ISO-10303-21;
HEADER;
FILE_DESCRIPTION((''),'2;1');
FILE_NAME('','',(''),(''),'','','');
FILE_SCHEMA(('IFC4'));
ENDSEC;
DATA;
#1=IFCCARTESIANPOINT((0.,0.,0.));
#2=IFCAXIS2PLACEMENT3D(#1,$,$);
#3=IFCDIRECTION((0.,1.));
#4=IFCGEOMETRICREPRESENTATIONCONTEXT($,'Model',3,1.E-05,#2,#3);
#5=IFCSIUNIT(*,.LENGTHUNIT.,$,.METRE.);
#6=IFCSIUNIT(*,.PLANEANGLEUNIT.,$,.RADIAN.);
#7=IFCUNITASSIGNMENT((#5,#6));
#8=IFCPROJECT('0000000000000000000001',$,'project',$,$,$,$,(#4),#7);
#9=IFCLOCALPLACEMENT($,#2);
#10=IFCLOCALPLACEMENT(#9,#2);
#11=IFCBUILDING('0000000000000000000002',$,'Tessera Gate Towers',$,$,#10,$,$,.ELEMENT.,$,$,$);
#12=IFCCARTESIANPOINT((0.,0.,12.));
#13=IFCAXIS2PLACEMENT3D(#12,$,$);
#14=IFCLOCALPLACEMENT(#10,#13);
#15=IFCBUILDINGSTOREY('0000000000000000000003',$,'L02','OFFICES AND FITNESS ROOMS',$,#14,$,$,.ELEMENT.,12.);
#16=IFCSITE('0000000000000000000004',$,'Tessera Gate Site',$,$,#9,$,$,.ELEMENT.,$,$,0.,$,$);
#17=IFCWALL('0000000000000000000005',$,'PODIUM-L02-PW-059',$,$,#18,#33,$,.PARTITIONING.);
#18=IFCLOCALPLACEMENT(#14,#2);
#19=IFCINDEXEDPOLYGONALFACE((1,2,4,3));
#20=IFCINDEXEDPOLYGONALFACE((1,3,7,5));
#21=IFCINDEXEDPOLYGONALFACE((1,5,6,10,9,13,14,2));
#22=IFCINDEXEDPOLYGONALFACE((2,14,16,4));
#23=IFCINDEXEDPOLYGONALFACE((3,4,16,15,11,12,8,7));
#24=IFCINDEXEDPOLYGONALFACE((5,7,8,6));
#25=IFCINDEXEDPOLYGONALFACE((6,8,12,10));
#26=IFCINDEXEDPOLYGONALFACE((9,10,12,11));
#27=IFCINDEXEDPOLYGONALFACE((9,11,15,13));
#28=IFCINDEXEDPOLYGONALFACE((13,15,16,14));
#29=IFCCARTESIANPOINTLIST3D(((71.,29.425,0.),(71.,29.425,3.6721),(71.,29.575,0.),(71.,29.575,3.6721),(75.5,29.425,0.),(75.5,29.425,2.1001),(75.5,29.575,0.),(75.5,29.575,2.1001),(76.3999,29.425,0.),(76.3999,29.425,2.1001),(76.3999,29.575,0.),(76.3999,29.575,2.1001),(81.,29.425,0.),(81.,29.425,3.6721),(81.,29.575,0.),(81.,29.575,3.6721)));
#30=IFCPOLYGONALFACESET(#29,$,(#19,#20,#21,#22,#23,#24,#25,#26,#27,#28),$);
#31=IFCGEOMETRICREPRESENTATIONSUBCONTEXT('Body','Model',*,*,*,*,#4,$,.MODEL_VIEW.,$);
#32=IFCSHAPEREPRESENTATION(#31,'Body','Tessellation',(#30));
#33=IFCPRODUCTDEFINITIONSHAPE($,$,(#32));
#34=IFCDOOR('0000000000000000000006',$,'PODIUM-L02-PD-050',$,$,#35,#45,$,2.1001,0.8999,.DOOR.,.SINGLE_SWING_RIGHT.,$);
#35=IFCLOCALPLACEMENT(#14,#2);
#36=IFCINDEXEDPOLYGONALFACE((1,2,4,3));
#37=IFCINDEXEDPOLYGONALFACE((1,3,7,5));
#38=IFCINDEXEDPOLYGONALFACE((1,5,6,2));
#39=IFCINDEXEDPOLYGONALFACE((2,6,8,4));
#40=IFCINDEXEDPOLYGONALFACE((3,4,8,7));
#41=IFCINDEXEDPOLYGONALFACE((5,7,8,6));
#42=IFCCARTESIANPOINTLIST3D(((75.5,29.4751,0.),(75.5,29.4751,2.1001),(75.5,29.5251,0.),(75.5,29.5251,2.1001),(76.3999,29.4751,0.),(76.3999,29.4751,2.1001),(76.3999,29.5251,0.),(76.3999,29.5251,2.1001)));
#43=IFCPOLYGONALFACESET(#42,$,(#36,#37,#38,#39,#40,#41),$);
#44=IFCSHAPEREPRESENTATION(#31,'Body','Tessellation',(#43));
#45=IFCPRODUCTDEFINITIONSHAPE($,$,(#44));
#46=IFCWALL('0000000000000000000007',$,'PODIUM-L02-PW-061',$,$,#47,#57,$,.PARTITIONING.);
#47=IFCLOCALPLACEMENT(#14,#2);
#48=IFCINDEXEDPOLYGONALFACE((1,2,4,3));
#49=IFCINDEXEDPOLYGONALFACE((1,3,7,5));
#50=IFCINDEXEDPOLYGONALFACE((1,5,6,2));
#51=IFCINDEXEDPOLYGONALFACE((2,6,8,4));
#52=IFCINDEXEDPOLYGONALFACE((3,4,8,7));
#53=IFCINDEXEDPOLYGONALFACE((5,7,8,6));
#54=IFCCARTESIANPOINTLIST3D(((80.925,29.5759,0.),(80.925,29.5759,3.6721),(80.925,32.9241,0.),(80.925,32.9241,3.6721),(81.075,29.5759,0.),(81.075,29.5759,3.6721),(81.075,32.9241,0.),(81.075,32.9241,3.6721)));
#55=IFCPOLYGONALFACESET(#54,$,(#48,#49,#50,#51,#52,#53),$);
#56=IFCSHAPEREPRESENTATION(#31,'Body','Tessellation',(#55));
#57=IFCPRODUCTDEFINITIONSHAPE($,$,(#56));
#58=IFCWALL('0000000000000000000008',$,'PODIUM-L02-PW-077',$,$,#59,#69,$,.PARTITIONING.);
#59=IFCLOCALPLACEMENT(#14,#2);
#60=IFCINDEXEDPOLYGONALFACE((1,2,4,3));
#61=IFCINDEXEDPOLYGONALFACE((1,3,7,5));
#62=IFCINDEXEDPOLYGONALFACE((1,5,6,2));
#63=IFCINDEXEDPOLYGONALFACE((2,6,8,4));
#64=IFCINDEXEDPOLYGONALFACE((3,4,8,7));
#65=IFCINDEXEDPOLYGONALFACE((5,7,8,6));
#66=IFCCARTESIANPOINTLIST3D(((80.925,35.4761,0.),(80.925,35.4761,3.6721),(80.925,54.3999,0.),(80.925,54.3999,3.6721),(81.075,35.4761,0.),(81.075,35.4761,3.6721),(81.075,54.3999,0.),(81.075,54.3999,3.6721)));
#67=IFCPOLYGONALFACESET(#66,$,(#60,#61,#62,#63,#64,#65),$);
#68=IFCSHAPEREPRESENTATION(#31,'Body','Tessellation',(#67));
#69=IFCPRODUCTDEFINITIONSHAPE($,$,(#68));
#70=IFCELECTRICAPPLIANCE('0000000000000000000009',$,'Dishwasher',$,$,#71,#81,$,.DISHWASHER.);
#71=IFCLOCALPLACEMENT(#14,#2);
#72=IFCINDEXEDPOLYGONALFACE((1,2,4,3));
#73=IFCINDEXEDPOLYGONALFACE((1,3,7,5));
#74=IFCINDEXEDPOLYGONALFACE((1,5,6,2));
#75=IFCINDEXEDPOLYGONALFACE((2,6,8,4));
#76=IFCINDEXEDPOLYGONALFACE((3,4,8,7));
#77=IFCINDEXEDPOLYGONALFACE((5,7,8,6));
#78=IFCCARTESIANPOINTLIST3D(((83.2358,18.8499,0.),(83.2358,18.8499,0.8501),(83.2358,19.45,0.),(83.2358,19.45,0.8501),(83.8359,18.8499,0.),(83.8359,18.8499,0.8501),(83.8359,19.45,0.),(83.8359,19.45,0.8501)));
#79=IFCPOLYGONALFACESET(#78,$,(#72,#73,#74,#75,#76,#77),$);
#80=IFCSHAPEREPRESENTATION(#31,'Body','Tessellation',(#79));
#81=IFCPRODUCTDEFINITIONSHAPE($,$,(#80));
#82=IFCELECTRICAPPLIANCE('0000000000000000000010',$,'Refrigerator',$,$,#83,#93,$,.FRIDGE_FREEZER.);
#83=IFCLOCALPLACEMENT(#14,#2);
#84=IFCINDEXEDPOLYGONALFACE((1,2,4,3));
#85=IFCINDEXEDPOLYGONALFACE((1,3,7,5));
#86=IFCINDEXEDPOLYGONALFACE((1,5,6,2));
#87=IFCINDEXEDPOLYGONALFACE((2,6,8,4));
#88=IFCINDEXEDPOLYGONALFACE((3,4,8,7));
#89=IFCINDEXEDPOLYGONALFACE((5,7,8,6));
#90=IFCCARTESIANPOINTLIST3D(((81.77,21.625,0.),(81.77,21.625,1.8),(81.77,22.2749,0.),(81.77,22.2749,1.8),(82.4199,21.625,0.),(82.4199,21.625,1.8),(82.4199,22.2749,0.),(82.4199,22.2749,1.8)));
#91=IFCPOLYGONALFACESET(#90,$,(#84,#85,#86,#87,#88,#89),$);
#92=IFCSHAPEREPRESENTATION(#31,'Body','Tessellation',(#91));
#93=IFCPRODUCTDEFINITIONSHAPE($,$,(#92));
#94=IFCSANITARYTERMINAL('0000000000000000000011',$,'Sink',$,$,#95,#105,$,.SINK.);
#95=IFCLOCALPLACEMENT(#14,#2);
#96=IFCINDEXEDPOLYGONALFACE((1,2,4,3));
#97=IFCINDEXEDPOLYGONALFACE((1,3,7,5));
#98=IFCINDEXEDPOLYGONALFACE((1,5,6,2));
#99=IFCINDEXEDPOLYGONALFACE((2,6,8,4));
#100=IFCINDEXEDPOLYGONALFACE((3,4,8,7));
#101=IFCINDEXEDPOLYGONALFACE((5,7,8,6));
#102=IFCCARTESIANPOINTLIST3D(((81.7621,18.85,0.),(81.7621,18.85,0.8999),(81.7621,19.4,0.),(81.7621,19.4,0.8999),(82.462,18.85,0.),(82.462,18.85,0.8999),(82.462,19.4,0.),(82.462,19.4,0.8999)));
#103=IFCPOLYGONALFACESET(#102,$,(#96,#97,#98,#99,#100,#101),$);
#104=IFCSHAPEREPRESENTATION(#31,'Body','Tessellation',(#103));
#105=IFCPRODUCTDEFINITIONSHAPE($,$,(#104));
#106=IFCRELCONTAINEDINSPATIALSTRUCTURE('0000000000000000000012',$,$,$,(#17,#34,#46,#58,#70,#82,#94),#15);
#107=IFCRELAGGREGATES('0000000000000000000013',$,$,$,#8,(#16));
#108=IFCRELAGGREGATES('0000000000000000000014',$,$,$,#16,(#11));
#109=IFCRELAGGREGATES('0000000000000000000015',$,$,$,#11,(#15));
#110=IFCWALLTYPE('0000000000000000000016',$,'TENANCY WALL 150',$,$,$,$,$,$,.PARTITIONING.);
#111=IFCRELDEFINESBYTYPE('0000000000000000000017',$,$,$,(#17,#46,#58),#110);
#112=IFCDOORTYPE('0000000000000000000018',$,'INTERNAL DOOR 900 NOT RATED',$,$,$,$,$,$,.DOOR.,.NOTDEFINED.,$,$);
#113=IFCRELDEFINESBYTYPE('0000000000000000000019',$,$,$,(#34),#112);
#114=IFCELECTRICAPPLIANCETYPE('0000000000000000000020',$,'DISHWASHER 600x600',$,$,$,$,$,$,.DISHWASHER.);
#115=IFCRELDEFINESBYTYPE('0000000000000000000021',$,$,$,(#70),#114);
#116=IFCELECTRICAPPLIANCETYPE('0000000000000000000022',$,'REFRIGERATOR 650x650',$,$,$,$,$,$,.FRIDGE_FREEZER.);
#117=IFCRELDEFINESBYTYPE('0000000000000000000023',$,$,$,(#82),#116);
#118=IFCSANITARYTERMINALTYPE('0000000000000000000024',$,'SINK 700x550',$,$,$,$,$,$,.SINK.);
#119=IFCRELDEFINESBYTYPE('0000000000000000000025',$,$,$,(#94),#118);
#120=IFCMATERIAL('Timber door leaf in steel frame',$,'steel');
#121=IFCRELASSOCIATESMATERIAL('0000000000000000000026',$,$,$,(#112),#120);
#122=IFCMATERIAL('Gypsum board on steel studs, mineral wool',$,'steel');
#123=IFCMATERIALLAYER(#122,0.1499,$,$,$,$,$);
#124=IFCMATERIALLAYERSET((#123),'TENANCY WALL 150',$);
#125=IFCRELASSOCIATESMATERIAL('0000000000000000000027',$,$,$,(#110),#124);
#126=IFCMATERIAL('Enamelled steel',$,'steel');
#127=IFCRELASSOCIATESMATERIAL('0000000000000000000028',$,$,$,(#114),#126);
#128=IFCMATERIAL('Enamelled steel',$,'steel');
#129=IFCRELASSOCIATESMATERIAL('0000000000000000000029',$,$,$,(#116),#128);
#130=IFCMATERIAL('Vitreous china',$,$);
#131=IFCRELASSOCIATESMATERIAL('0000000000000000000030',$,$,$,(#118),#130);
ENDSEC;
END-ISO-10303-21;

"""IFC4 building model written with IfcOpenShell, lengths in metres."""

from ifc_helpers import new_model, si_unit, direction, frame, frame_2d, origin, origin_2d, place, context, subcontext, project, spatial, rectangle, extrude, source, transform, mapped, material, layer, layer_set, type_object, element, fill, save


model = new_model("IFC4")

# Units and contexts
model_context = context("Model", 3, precision=1e-05, world=origin(), true_north=direction((0.0, 1.0)))
body_context = subcontext(model_context, "Body", "Model", "MODEL_VIEW")
ifc_project = project(units=[si_unit("LENGTHUNIT", "METRE"), si_unit("PLANEANGLEUNIT", "RADIAN")], contexts=[model_context])

# Site, building, storey
site_placement = place(None, origin())
site = spatial("IfcSite", under=ifc_project, at=site_placement, Name="Tessera Gate Site", CompositionType="ELEMENT", RefElevation=0.0)
building_placement = place(site_placement, origin())
building = spatial("IfcBuilding", under=site, at=building_placement, Name="Tessera Gate Towers", CompositionType="ELEMENT")
storey_placement = place(building_placement, frame((0.0, 0.0, 12.0)))
storey = spatial("IfcBuildingStorey", under=building, at=storey_placement, Name="L02", Description="OFFICES AND FITNESS ROOMS", CompositionType="ELEMENT", Elevation=12.0)

# Shared definitions
ifc_material_1 = material(Name="Timber door leaf in steel frame", Category="steel")
door_type = type_object("IfcDoorType", Name="INTERNAL DOOR 900 NOT RATED", OperationType="NOTDEFINED", PredefinedType="DOOR", material=ifc_material_1)
shared_shape_1 = source(origin(), body_context, "Body", "SweptSolid", [
    extrude(rectangle(XDim=0.8999, YDim=2.1001, at=frame_2d((0.45, 1.05))), frame((0.0, 0.0249, 0.0), z_axis=(0.0, -1.0, 0.0), x_axis=(1.0, 0.0, 0.0)), (0.0, 0.0, 1.0), 0.05),
])

# Shared definitions
ifc_material_2 = material(Name="Gypsum board on steel studs, mineral wool", Category="steel")
ifc_layer_1 = layer(ifc_material_2, 0.1499)
ifc_layer_set_1 = layer_set([ifc_layer_1], Name="TENANCY WALL 150")
wall_type_1 = type_object("IfcWallType", Name="TENANCY WALL 150", PredefinedType="PARTITIONING", material=ifc_layer_set_1)

# Wall, opening, door
wall_1_placement = place(storey_placement, frame((81.0, 29.5, 0.0), z_axis=(0.0, 0.0, 1.0), x_axis=(-1.0, 0.0, 0.0)))
wall_1 = element("IfcWall", 1, at=wall_1_placement, inside=storey, type_object=wall_type_1, Name="PODIUM-L02-PW-059", PredefinedType="PARTITIONING", context=body_context, shape_type="SweptSolid", body=[
    extrude(rectangle(XDim=10.0, YDim=0.1499, at=frame_2d((5.0, 0.0))), origin(), (0.0, 0.0, 1.0), 3.6721),
])
shared_shape_2 = source(origin(), body_context, "Body", "SweptSolid", [
    extrude(rectangle(XDim=0.8999, YDim=2.1001, at=frame_2d((0.45, 1.05))), frame((0.0, 0.085, 0.0), z_axis=(0.0, -1.0, 0.0), x_axis=(1.0, 0.0, 0.0)), (0.0, 0.0, 1.0), 0.1699),
])
opening_1_placement = place(wall_1_placement, frame((4.6001, 0.0, 0.0)))
opening_1 = element("IfcOpeningElement", 2, at=opening_1_placement, cuts=wall_1, PredefinedType="OPENING", context=body_context, shape_type="MappedRepresentation", body=[
    mapped(shared_shape_2, transform((0.0, 0.0, 0.0), scale=1.0)),
])
door_1_placement = place(opening_1_placement, origin())
door_1 = element("IfcDoor", 3, at=door_1_placement, inside=storey, type_object=door_type, Name="PODIUM-L02-PD-050", OperationType="SINGLE_SWING_RIGHT", OverallHeight=2.1001, OverallWidth=0.8999, PredefinedType="DOOR", context=body_context, shape_type="MappedRepresentation", body=[
    mapped(shared_shape_1, transform((0.0, 0.0, 0.0), scale=1.0)),
])
fill(opening_1, door_1)

# Walls
wall_2_placement = place(storey_placement, frame((81.0, 29.5759, 0.0), z_axis=(0.0, 0.0, 1.0), x_axis=(0.0, 1.0, 0.0)))
element("IfcWall", 4, at=wall_2_placement, inside=storey, type_object=wall_type_1, Name="PODIUM-L02-PW-061", PredefinedType="PARTITIONING", context=body_context, shape_type="SweptSolid", body=[
    extrude(rectangle(XDim=3.3481, YDim=0.1499, at=frame_2d((1.6741, 0.0))), origin(), (0.0, 0.0, 1.0), 3.6721),
])
wall_3_placement = place(storey_placement, frame((81.0, 35.4761, 0.0), z_axis=(0.0, 0.0, 1.0), x_axis=(0.0, 1.0, 0.0)))
element("IfcWall", 5, at=wall_3_placement, inside=storey, type_object=wall_type_1, Name="PODIUM-L02-PW-077", PredefinedType="PARTITIONING", context=body_context, shape_type="SweptSolid", body=[
    extrude(rectangle(XDim=18.9238, YDim=0.1499, at=frame_2d((9.4619, 0.0))), origin(), (0.0, 0.0, 1.0), 3.6721),
])

# Electric appliances
ifc_material_3 = material(Name="Enamelled steel", Category="steel")
electric_appliance_type_1 = type_object("IfcElectricApplianceType", Name="DISHWASHER 600x600", PredefinedType="DISHWASHER", material=ifc_material_3)
electric_appliance_1_placement = place(storey_placement, frame((83.5359, 19.1499, 0.0), z_axis=(0.0, 0.0, 1.0), x_axis=(1.0, 0.0, 0.0)))
element("IfcElectricAppliance", 6, at=electric_appliance_1_placement, inside=storey, type_object=electric_appliance_type_1, Name="Dishwasher", PredefinedType="DISHWASHER", context=body_context, shape_type="SweptSolid", body=[
    extrude(rectangle(XDim=0.6001, YDim=0.6001, at=origin_2d()), origin(), (0.0, 0.0, 1.0), 0.8501),
])
ifc_material_4 = material(Name="Enamelled steel", Category="steel")
electric_appliance_type_2 = type_object("IfcElectricApplianceType", Name="REFRIGERATOR 650x650", PredefinedType="FRIDGE_FREEZER", material=ifc_material_4)
electric_appliance_2_placement = place(storey_placement, frame((82.095, 21.95, 0.0), z_axis=(0.0, 0.0, 1.0), x_axis=(1.0, 0.0, 0.0)))
element("IfcElectricAppliance", 7, at=electric_appliance_2_placement, inside=storey, type_object=electric_appliance_type_2, Name="Refrigerator", PredefinedType="FRIDGE_FREEZER", context=body_context, shape_type="SweptSolid", body=[
    extrude(rectangle(XDim=0.6499, YDim=0.6499, at=origin_2d()), origin(), (0.0, 0.0, 1.0), 1.8),
])

# Sanitary terminal
ifc_material_5 = material(Name="Vitreous china")
sanitary_terminal_type = type_object("IfcSanitaryTerminalType", Name="SINK 700x550", PredefinedType="SINK", material=ifc_material_5)
sanitary_terminal_placement = place(storey_placement, frame((82.1121, 19.125, 0.0), z_axis=(0.0, 0.0, 1.0), x_axis=(1.0, 0.0, 0.0)))
element("IfcSanitaryTerminal", 8, at=sanitary_terminal_placement, inside=storey, type_object=sanitary_terminal_type, Name="Sink", PredefinedType="SINK", context=body_context, shape_type="SweptSolid", body=[
    extrude(rectangle(XDim=0.7, YDim=0.55, at=origin_2d()), origin(), (0.0, 0.0, 1.0), 0.8999),
])

save(model, "model.ifc")
